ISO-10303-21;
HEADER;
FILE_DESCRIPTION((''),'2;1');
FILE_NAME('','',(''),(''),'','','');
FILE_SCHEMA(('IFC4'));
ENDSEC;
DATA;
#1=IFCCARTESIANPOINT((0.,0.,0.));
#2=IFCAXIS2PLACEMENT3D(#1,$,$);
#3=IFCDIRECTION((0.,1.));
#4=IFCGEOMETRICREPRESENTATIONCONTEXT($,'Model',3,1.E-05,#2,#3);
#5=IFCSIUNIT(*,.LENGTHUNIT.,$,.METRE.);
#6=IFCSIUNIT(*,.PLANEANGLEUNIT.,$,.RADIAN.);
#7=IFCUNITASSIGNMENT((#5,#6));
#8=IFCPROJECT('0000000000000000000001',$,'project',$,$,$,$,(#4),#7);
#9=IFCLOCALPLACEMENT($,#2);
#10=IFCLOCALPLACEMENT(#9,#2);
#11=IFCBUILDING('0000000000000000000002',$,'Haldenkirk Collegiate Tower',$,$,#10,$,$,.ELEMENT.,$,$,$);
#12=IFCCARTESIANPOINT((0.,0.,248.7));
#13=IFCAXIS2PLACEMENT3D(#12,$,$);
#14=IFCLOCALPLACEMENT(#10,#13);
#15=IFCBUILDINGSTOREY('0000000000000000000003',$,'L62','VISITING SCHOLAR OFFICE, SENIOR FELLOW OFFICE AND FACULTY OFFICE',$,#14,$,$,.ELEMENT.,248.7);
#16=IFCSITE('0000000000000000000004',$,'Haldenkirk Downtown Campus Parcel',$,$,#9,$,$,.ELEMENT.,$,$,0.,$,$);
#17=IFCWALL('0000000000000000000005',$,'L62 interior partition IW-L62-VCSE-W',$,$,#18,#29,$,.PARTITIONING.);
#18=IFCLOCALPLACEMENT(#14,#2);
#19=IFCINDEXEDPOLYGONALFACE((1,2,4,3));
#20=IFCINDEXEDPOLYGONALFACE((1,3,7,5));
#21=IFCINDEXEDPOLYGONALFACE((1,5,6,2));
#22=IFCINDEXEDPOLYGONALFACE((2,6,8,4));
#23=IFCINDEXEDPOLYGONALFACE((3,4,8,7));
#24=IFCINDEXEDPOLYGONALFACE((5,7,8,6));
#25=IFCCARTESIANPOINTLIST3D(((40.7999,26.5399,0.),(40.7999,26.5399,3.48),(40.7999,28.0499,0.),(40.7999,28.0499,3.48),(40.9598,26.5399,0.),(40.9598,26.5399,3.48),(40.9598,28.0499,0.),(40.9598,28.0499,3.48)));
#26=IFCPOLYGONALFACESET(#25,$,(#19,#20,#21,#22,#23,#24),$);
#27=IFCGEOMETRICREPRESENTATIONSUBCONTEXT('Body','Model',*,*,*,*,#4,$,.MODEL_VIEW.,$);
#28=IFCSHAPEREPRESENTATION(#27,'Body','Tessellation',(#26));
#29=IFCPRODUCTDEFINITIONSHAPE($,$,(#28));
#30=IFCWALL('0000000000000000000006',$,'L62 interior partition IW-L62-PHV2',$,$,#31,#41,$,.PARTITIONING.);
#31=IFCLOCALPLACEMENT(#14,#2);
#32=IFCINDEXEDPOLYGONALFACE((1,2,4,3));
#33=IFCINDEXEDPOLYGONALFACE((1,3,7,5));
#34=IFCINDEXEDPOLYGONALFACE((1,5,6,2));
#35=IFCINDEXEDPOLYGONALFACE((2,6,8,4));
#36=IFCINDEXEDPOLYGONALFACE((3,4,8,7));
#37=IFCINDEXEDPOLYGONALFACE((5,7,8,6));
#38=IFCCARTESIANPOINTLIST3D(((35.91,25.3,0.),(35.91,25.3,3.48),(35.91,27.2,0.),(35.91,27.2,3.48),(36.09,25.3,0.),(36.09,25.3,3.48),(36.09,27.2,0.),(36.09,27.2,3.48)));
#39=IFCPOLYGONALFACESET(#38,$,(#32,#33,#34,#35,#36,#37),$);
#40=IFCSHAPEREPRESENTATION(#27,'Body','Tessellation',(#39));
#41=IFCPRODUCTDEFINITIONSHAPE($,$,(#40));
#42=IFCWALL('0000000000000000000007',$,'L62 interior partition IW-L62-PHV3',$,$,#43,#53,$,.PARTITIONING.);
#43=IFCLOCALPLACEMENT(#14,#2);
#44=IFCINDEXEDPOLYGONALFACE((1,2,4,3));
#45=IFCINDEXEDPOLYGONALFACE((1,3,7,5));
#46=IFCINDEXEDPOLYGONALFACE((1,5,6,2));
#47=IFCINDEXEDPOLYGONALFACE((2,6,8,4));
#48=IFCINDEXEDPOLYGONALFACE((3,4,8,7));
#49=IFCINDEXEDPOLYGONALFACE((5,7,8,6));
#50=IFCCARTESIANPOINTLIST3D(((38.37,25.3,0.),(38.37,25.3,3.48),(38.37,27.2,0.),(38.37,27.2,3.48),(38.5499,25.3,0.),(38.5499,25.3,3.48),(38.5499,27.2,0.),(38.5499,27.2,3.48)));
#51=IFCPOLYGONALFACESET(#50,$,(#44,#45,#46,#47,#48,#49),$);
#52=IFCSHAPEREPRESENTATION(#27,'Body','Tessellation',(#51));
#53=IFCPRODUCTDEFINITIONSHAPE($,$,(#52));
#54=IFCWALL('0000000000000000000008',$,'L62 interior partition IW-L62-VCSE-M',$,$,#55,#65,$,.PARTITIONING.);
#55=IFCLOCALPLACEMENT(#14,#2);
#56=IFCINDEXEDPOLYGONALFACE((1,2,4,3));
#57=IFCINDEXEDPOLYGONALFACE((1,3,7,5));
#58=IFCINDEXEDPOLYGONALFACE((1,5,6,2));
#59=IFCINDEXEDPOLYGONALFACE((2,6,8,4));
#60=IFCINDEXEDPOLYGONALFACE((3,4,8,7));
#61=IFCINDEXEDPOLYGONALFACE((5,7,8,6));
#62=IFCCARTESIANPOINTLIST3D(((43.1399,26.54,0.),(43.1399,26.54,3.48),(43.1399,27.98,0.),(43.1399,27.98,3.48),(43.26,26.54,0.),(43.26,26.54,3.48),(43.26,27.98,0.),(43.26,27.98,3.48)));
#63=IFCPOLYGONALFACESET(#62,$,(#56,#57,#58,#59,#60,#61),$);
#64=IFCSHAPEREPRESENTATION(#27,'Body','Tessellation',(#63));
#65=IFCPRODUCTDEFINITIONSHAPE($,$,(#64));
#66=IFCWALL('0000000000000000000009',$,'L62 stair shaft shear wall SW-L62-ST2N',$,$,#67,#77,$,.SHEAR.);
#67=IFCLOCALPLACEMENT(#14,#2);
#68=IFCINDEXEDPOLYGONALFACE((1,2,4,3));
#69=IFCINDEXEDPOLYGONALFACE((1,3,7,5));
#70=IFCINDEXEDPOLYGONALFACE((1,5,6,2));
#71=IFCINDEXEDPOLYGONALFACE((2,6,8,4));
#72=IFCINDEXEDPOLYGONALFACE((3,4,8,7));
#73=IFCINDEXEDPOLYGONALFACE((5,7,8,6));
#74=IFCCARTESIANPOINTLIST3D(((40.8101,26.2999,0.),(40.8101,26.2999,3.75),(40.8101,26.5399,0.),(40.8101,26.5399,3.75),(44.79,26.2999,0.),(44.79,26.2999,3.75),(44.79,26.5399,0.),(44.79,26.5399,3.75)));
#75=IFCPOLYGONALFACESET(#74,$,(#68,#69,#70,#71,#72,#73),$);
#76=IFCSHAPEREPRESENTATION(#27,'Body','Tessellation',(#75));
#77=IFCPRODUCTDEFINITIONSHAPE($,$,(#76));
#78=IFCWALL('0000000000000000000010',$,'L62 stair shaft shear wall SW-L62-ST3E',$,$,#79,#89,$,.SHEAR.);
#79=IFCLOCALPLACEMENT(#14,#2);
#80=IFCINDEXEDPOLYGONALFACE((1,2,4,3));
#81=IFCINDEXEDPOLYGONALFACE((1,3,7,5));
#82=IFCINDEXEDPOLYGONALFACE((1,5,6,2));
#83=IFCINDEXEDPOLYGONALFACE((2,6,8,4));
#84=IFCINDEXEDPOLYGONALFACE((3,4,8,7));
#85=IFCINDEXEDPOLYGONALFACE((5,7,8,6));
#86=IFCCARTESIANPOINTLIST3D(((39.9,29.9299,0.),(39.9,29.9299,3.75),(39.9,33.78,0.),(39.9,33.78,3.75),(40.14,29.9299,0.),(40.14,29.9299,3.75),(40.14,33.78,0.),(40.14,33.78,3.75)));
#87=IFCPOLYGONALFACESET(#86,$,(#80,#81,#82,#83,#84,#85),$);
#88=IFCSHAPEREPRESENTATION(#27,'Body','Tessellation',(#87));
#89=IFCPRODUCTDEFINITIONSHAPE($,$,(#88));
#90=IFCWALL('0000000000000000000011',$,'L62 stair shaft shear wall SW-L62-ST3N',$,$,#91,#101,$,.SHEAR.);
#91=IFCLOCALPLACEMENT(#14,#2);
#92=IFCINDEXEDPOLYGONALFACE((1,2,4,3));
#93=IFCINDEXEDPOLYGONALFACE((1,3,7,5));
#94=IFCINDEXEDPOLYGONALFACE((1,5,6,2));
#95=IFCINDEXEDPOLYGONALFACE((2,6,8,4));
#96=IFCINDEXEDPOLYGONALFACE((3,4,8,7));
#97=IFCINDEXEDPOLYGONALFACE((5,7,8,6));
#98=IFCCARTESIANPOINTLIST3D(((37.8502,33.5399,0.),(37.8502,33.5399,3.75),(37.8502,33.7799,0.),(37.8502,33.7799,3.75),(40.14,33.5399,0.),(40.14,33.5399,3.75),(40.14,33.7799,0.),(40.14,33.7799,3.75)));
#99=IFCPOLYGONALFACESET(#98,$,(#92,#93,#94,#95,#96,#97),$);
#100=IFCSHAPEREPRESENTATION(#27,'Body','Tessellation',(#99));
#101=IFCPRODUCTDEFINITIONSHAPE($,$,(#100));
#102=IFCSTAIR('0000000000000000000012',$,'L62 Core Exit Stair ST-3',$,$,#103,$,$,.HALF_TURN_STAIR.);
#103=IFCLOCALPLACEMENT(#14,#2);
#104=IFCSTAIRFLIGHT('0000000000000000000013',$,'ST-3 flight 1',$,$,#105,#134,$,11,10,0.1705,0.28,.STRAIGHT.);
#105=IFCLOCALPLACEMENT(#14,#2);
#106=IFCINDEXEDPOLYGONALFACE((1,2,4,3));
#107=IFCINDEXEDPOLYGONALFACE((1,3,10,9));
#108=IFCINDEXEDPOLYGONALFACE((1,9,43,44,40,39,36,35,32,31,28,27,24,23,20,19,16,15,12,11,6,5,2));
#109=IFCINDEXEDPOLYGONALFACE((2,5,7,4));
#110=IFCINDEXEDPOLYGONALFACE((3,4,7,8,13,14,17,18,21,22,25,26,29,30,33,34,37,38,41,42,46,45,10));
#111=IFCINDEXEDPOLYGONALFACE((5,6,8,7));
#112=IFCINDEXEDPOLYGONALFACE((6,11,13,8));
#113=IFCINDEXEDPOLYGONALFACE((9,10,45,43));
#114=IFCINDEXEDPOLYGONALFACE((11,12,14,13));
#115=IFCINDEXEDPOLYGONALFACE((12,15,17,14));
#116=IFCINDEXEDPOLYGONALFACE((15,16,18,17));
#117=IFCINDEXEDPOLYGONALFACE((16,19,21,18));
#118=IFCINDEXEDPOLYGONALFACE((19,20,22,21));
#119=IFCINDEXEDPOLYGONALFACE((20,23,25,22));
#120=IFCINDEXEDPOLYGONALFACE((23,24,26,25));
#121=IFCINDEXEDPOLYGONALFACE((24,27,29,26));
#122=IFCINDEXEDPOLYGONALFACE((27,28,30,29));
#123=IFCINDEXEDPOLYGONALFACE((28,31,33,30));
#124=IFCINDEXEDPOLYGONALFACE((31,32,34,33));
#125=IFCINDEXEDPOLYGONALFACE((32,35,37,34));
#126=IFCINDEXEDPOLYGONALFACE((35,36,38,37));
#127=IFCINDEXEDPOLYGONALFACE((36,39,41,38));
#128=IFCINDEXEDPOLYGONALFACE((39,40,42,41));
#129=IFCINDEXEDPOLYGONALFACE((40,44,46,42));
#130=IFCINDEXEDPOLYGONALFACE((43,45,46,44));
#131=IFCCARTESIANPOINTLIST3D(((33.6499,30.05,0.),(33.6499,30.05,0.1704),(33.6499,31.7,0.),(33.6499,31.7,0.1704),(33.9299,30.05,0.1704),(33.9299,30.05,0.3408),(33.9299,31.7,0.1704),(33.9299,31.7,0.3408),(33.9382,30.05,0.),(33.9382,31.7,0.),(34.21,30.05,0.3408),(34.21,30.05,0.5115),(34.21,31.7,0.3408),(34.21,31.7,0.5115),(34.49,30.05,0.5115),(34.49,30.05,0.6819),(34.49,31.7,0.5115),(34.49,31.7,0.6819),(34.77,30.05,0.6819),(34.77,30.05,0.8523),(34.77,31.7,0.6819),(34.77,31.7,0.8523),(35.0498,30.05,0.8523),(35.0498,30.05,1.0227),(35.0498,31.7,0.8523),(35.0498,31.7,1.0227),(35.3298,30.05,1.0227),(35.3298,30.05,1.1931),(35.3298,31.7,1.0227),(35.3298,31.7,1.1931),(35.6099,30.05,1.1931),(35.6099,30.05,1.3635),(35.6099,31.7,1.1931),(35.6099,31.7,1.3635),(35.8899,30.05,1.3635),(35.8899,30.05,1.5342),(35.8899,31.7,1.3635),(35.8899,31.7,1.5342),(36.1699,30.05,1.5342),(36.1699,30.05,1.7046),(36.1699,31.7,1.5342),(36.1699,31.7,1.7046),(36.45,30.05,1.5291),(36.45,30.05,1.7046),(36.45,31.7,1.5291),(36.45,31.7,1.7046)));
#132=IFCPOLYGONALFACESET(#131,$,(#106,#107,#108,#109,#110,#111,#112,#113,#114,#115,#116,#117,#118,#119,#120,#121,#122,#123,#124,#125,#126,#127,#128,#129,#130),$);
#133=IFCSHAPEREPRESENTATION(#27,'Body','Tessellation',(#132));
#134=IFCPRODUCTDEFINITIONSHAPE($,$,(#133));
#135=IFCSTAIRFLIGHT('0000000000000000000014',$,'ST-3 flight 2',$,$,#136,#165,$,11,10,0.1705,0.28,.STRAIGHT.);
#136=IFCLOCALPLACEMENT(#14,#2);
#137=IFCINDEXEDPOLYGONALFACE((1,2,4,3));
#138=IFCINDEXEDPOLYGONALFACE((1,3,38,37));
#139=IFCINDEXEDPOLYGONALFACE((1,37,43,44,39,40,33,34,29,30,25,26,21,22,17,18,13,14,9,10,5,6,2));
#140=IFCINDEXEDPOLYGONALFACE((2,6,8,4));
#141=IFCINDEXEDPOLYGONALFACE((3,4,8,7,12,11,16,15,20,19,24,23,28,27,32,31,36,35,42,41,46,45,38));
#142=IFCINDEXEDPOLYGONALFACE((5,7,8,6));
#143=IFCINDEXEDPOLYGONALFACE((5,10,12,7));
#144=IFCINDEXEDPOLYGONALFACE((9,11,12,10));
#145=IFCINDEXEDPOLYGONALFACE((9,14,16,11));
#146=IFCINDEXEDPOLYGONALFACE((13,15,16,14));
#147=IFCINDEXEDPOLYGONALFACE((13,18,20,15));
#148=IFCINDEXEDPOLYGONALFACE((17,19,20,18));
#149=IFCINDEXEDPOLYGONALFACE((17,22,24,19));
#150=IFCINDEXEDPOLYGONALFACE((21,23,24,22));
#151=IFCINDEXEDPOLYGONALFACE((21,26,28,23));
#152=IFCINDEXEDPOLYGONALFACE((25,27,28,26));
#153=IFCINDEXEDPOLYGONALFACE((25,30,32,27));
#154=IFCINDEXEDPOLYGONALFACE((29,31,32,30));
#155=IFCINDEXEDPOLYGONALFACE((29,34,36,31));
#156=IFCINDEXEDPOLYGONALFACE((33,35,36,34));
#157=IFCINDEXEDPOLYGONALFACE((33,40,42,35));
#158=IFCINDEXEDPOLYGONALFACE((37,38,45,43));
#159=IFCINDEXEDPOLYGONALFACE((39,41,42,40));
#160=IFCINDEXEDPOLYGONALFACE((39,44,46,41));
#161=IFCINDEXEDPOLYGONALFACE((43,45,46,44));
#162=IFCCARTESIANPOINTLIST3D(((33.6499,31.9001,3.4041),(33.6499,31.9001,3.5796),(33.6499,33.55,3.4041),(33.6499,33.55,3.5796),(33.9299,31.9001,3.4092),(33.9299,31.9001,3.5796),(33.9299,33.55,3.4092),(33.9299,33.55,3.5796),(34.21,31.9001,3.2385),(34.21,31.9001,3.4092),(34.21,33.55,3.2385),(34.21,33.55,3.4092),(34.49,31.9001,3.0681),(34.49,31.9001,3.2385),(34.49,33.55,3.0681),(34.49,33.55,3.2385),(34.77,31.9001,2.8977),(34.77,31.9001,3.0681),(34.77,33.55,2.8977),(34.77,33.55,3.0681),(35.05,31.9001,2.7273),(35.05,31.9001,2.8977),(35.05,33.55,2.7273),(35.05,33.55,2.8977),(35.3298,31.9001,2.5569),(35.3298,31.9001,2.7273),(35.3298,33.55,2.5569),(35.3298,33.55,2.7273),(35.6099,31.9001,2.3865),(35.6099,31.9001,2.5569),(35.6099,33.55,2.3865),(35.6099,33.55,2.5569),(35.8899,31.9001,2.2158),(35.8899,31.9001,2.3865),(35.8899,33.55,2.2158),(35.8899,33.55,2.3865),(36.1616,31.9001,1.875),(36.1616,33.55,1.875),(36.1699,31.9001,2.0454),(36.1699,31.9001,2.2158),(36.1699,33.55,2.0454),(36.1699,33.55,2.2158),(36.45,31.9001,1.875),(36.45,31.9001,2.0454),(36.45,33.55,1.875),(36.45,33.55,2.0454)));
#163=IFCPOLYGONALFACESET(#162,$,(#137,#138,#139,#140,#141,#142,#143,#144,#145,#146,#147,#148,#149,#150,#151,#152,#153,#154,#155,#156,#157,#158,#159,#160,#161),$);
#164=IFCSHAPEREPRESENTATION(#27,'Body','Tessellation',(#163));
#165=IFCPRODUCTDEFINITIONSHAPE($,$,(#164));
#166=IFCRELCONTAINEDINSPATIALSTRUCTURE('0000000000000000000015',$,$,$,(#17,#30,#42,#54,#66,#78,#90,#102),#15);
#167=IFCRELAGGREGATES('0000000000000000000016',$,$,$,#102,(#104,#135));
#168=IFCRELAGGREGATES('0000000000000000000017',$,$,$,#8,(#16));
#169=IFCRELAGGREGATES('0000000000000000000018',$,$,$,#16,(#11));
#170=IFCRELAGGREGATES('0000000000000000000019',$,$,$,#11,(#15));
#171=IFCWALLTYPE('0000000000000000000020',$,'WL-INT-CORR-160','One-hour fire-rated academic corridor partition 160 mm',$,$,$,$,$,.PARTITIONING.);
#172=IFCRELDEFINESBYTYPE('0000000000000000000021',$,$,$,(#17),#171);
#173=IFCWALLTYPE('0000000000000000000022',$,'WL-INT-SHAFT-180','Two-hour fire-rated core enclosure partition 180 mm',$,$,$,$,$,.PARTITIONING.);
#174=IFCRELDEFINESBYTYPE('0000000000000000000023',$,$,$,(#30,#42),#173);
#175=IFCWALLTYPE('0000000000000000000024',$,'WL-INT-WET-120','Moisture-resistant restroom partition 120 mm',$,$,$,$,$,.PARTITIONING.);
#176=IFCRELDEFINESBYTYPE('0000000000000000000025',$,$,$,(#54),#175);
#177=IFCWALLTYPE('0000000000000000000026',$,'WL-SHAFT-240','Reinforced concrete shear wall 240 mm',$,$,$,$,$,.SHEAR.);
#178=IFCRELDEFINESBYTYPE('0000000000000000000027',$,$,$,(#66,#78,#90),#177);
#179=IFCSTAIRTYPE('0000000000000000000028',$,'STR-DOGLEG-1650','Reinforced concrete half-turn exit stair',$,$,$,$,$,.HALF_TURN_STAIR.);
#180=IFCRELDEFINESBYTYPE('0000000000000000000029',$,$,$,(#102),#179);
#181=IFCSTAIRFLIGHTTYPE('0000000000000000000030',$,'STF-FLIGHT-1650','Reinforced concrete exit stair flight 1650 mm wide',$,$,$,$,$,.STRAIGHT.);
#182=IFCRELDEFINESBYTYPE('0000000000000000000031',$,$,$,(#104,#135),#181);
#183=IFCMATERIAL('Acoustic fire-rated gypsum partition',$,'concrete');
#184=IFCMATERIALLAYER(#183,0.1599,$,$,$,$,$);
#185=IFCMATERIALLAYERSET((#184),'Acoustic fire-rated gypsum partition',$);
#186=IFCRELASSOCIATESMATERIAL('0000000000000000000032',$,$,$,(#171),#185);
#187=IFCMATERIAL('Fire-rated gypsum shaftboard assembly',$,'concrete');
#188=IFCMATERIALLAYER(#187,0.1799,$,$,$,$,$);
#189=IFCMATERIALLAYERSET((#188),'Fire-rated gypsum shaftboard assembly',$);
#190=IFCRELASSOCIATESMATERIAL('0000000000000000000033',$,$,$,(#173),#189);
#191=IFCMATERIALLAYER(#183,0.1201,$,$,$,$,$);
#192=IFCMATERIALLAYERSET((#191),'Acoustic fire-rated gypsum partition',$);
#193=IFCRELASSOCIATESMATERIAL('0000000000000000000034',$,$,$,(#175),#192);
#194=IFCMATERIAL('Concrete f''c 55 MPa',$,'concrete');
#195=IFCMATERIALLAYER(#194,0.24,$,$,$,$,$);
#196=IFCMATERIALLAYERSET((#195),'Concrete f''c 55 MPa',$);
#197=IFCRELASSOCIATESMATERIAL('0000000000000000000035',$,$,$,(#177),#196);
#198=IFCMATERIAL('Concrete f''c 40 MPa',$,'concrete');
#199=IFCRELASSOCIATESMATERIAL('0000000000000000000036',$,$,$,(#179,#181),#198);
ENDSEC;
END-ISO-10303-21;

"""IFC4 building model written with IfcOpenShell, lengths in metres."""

from ifc_helpers import new_model, si_unit, direction, frame, frame_2d, origin, place, context, subcontext, project, spatial, polyline, rectangle, outline, extrude, material, layer, layer_set, type_object, element, aggregate, save


model = new_model("IFC4")

# Units and contexts
model_context = context("Model", 3, precision=1e-05, world=origin(), true_north=direction((0.0, 1.0)))
body_context = subcontext(model_context, "Body", "Model", "MODEL_VIEW")
ifc_project = project(units=[si_unit("LENGTHUNIT", "METRE"), si_unit("PLANEANGLEUNIT", "RADIAN")], contexts=[model_context])

# Site, building, storey
site_placement = place(None, origin())
site = spatial("IfcSite", under=ifc_project, at=site_placement, Name="Haldenkirk Downtown Campus Parcel", CompositionType="ELEMENT", RefElevation=0.0)
building_placement = place(site_placement, origin())
building = spatial("IfcBuilding", under=site, at=building_placement, Name="Haldenkirk Collegiate Tower", CompositionType="ELEMENT")
storey_placement = place(building_placement, frame((0.0, 0.0, 248.7)))
storey = spatial("IfcBuildingStorey", under=building, at=storey_placement, Name="L62", Description="VISITING SCHOLAR OFFICE, SENIOR FELLOW OFFICE AND FACULTY OFFICE", CompositionType="ELEMENT", Elevation=248.7)

# Shared definitions
ifc_material_1 = material(Name="Acoustic fire-rated gypsum partition", Category="concrete")
ifc_layer_1 = layer(ifc_material_1, 0.1599)
ifc_layer_set_1 = layer_set([ifc_layer_1], Name="Acoustic fire-rated gypsum partition")
wall_type_1 = type_object("IfcWallType", Name="WL-INT-CORR-160", Description="One-hour fire-rated academic corridor partition 160 mm", PredefinedType="PARTITIONING", material=ifc_layer_set_1)

# Wall
wall_1_placement = place(storey_placement, frame((40.8799, 26.54, 0.0), z_axis=(0.0, 0.0, 1.0), x_axis=(0.0, 1.0, 0.0)))
element("IfcWall", 1, at=wall_1_placement, inside=storey, type_object=wall_type_1, Name="L62 interior partition IW-L62-VCSE-W", PredefinedType="PARTITIONING", context=body_context, shape_type="SweptSolid", body=[
    extrude(rectangle(XDim=1.51, YDim=0.1599, at=frame_2d((0.7549, 0.0))), origin(), (0.0, 0.0, 1.0), 3.48),
])

# Walls
ifc_material_2 = material(Name="Fire-rated gypsum shaftboard assembly", Category="concrete")
ifc_layer_2 = layer(ifc_material_2, 0.1799)
ifc_layer_set_2 = layer_set([ifc_layer_2], Name="Fire-rated gypsum shaftboard assembly")
wall_type_2 = type_object("IfcWallType", Name="WL-INT-SHAFT-180", Description="Two-hour fire-rated core enclosure partition 180 mm", PredefinedType="PARTITIONING", material=ifc_layer_set_2)
for number, where, z_axis, x_axis, name in (
    (2, (36.0, 25.3, 0.0), (0.0, 0.0, 1.0), (0.0, 1.0, 0.0), "L62 interior partition IW-L62-PHV2"),
    (3, (38.46, 25.3, 0.0), (0.0, 0.0, 1.0), (0.0, 1.0, 0.0), "L62 interior partition IW-L62-PHV3"),
):
    element("IfcWall", number, at=place(storey_placement, frame(where, z_axis=z_axis, x_axis=x_axis)), inside=storey, type_object=wall_type_2, Name=name, PredefinedType="PARTITIONING", context=body_context, shape_type="SweptSolid", body=[
        extrude(rectangle(XDim=1.8999, YDim=0.1799, at=frame_2d((0.95, 0.0))), origin(), (0.0, 0.0, 1.0), 3.48),
    ])
ifc_layer_3 = layer(ifc_material_1, 0.1201)
ifc_layer_set_3 = layer_set([ifc_layer_3], Name="Acoustic fire-rated gypsum partition")
wall_type_3 = type_object("IfcWallType", Name="WL-INT-WET-120", Description="Moisture-resistant restroom partition 120 mm", PredefinedType="PARTITIONING", material=ifc_layer_set_3)
wall_2_placement = place(storey_placement, frame((43.2, 26.54, 0.0), z_axis=(0.0, 0.0, 1.0), x_axis=(0.0, 1.0, 0.0)))
element("IfcWall", 4, at=wall_2_placement, inside=storey, type_object=wall_type_3, Name="L62 interior partition IW-L62-VCSE-M", PredefinedType="PARTITIONING", context=body_context, shape_type="SweptSolid", body=[
    extrude(rectangle(XDim=1.4399, YDim=0.1201, at=frame_2d((0.72, 0.0))), origin(), (0.0, 0.0, 1.0), 3.48),
])
ifc_material_3 = material(Name="Concrete f'c 55 MPa", Category="concrete")
ifc_layer_4 = layer(ifc_material_3, 0.24)
ifc_layer_set_4 = layer_set([ifc_layer_4], Name="Concrete f'c 55 MPa")
wall_type_4 = type_object("IfcWallType", Name="WL-SHAFT-240", Description="Reinforced concrete shear wall 240 mm", PredefinedType="SHEAR", material=ifc_layer_set_4)
wall_3_placement = place(storey_placement, frame((40.8101, 26.4199, 0.0), z_axis=(0.0, 0.0, 1.0), x_axis=(1.0, 0.0, 0.0)))
element("IfcWall", 5, at=wall_3_placement, inside=storey, type_object=wall_type_4, Name="L62 stair shaft shear wall SW-L62-ST2N", PredefinedType="SHEAR", context=body_context, shape_type="SweptSolid", body=[
    extrude(rectangle(XDim=3.98, YDim=0.24, at=frame_2d((1.99, 0.0))), origin(), (0.0, 0.0, 1.0), 3.75),
])
wall_4_placement = place(storey_placement, frame((40.02, 29.9299, 0.0), z_axis=(0.0, 0.0, 1.0), x_axis=(0.0, 1.0, 0.0)))
element("IfcWall", 6, at=wall_4_placement, inside=storey, type_object=wall_type_4, Name="L62 stair shaft shear wall SW-L62-ST3E", PredefinedType="SHEAR", context=body_context, shape_type="SweptSolid", body=[
    extrude(rectangle(XDim=3.8501, YDim=0.24, at=frame_2d((1.925, 0.0))), origin(), (0.0, 0.0, 1.0), 3.75),
])
wall_5_placement = place(storey_placement, frame((37.8501, 33.6599, 0.0), z_axis=(0.0, 0.0, 1.0), x_axis=(1.0, 0.0, 0.0)))
element("IfcWall", 7, at=wall_5_placement, inside=storey, type_object=wall_type_4, Name="L62 stair shaft shear wall SW-L62-ST3N", PredefinedType="SHEAR", context=body_context, shape_type="SweptSolid", body=[
    extrude(rectangle(XDim=2.2898, YDim=0.24, at=frame_2d((1.145, 0.0))), origin(), (0.0, 0.0, 1.0), 3.75),
])

# Stair, stair flights
ifc_material_4 = material(Name="Concrete f'c 40 MPa", Category="concrete")
stair_type = type_object("IfcStairType", Name="STR-DOGLEG-1650", Description="Reinforced concrete half-turn exit stair", PredefinedType="HALF_TURN_STAIR", material=ifc_material_4)
stair_placement = place(storey_placement, origin())
stair = element("IfcStair", 8, at=stair_placement, inside=storey, type_object=stair_type, Name="L62 Core Exit Stair ST-3", PredefinedType="HALF_TURN_STAIR")
stair_flight_type = type_object("IfcStairFlightType", Name="STF-FLIGHT-1650", Description="Reinforced concrete exit stair flight 1650 mm wide", PredefinedType="STRAIGHT", material=ifc_material_4)
stair_flight_1_placement = place(storey_placement, frame((33.6499, 30.875, 0.0), z_axis=(0.0, 0.0, 1.0), x_axis=(1.0, 0.0, 0.0)))
stair_flight_1 = element("IfcStairFlight", 9, at=stair_flight_1_placement, type_object=stair_flight_type, Name="ST-3 flight 1", NumberOfRisers=11, NumberOfTreads=10, PredefinedType="STRAIGHT", RiserHeight=0.1705, TreadLength=0.28, context=body_context, shape_type="SweptSolid", body=[
    extrude(outline(polyline([(0.0, 0.0), (0.0, 0.1704), (0.28, 0.1704), (0.28, 0.3408), (0.5601, 0.3408), (0.5601, 0.5115), (0.8401, 0.5115), (0.8401, 0.6819), (1.1201, 0.6819), (1.1201, 0.8523), (1.3999, 0.8523), (1.3999, 1.0227), (1.6799, 1.0227), (1.6799, 1.1931), (1.96, 1.1931), (1.96, 1.3635), (2.24, 1.3635), (2.24, 1.5342), (2.52, 1.5342), (2.52, 1.7046), (2.8, 1.7046), (2.8, 1.875), (2.8, 1.5291), (0.2883, 0.0), (0.0, 0.0)])), frame((0.0, 0.825, 0.0), z_axis=(0.0, -1.0, 0.0), x_axis=(1.0, 0.0, 0.0)), (0.0, 0.0, 1.0), 1.6499),
])
stair_flight_2_placement = place(storey_placement, frame((36.45, 32.7251, 1.875), z_axis=(0.0, 0.0, 1.0), x_axis=(-1.0, 0.0, 0.0)))
stair_flight_2 = element("IfcStairFlight", 10, at=stair_flight_2_placement, type_object=stair_flight_type, Name="ST-3 flight 2", NumberOfRisers=11, NumberOfTreads=10, PredefinedType="STRAIGHT", RiserHeight=0.1705, TreadLength=0.28, context=body_context, shape_type="SweptSolid", body=[
    extrude(outline(polyline([(0.0, 0.0), (0.0, 0.1704), (0.28, 0.1704), (0.28, 0.3408), (0.5601, 0.3408), (0.5601, 0.5115), (0.8401, 0.5115), (0.8401, 0.6819), (1.1201, 0.6819), (1.1201, 0.8523), (1.3999, 0.8523), (1.3999, 1.0227), (1.6799, 1.0227), (1.6799, 1.1931), (1.96, 1.1931), (1.96, 1.3635), (2.24, 1.3635), (2.24, 1.5342), (2.52, 1.5342), (2.52, 1.7046), (2.8, 1.7046), (2.8, 1.875), (2.8, 1.5291), (0.2883, 0.0), (0.0, 0.0)])), frame((0.0, 0.825, 0.0), z_axis=(0.0, -1.0, 0.0), x_axis=(1.0, 0.0, 0.0)), (0.0, 0.0, 1.0), 1.6499),
])
aggregate(stair, [stair_flight_1, stair_flight_2])

save(model, "model.ifc")
